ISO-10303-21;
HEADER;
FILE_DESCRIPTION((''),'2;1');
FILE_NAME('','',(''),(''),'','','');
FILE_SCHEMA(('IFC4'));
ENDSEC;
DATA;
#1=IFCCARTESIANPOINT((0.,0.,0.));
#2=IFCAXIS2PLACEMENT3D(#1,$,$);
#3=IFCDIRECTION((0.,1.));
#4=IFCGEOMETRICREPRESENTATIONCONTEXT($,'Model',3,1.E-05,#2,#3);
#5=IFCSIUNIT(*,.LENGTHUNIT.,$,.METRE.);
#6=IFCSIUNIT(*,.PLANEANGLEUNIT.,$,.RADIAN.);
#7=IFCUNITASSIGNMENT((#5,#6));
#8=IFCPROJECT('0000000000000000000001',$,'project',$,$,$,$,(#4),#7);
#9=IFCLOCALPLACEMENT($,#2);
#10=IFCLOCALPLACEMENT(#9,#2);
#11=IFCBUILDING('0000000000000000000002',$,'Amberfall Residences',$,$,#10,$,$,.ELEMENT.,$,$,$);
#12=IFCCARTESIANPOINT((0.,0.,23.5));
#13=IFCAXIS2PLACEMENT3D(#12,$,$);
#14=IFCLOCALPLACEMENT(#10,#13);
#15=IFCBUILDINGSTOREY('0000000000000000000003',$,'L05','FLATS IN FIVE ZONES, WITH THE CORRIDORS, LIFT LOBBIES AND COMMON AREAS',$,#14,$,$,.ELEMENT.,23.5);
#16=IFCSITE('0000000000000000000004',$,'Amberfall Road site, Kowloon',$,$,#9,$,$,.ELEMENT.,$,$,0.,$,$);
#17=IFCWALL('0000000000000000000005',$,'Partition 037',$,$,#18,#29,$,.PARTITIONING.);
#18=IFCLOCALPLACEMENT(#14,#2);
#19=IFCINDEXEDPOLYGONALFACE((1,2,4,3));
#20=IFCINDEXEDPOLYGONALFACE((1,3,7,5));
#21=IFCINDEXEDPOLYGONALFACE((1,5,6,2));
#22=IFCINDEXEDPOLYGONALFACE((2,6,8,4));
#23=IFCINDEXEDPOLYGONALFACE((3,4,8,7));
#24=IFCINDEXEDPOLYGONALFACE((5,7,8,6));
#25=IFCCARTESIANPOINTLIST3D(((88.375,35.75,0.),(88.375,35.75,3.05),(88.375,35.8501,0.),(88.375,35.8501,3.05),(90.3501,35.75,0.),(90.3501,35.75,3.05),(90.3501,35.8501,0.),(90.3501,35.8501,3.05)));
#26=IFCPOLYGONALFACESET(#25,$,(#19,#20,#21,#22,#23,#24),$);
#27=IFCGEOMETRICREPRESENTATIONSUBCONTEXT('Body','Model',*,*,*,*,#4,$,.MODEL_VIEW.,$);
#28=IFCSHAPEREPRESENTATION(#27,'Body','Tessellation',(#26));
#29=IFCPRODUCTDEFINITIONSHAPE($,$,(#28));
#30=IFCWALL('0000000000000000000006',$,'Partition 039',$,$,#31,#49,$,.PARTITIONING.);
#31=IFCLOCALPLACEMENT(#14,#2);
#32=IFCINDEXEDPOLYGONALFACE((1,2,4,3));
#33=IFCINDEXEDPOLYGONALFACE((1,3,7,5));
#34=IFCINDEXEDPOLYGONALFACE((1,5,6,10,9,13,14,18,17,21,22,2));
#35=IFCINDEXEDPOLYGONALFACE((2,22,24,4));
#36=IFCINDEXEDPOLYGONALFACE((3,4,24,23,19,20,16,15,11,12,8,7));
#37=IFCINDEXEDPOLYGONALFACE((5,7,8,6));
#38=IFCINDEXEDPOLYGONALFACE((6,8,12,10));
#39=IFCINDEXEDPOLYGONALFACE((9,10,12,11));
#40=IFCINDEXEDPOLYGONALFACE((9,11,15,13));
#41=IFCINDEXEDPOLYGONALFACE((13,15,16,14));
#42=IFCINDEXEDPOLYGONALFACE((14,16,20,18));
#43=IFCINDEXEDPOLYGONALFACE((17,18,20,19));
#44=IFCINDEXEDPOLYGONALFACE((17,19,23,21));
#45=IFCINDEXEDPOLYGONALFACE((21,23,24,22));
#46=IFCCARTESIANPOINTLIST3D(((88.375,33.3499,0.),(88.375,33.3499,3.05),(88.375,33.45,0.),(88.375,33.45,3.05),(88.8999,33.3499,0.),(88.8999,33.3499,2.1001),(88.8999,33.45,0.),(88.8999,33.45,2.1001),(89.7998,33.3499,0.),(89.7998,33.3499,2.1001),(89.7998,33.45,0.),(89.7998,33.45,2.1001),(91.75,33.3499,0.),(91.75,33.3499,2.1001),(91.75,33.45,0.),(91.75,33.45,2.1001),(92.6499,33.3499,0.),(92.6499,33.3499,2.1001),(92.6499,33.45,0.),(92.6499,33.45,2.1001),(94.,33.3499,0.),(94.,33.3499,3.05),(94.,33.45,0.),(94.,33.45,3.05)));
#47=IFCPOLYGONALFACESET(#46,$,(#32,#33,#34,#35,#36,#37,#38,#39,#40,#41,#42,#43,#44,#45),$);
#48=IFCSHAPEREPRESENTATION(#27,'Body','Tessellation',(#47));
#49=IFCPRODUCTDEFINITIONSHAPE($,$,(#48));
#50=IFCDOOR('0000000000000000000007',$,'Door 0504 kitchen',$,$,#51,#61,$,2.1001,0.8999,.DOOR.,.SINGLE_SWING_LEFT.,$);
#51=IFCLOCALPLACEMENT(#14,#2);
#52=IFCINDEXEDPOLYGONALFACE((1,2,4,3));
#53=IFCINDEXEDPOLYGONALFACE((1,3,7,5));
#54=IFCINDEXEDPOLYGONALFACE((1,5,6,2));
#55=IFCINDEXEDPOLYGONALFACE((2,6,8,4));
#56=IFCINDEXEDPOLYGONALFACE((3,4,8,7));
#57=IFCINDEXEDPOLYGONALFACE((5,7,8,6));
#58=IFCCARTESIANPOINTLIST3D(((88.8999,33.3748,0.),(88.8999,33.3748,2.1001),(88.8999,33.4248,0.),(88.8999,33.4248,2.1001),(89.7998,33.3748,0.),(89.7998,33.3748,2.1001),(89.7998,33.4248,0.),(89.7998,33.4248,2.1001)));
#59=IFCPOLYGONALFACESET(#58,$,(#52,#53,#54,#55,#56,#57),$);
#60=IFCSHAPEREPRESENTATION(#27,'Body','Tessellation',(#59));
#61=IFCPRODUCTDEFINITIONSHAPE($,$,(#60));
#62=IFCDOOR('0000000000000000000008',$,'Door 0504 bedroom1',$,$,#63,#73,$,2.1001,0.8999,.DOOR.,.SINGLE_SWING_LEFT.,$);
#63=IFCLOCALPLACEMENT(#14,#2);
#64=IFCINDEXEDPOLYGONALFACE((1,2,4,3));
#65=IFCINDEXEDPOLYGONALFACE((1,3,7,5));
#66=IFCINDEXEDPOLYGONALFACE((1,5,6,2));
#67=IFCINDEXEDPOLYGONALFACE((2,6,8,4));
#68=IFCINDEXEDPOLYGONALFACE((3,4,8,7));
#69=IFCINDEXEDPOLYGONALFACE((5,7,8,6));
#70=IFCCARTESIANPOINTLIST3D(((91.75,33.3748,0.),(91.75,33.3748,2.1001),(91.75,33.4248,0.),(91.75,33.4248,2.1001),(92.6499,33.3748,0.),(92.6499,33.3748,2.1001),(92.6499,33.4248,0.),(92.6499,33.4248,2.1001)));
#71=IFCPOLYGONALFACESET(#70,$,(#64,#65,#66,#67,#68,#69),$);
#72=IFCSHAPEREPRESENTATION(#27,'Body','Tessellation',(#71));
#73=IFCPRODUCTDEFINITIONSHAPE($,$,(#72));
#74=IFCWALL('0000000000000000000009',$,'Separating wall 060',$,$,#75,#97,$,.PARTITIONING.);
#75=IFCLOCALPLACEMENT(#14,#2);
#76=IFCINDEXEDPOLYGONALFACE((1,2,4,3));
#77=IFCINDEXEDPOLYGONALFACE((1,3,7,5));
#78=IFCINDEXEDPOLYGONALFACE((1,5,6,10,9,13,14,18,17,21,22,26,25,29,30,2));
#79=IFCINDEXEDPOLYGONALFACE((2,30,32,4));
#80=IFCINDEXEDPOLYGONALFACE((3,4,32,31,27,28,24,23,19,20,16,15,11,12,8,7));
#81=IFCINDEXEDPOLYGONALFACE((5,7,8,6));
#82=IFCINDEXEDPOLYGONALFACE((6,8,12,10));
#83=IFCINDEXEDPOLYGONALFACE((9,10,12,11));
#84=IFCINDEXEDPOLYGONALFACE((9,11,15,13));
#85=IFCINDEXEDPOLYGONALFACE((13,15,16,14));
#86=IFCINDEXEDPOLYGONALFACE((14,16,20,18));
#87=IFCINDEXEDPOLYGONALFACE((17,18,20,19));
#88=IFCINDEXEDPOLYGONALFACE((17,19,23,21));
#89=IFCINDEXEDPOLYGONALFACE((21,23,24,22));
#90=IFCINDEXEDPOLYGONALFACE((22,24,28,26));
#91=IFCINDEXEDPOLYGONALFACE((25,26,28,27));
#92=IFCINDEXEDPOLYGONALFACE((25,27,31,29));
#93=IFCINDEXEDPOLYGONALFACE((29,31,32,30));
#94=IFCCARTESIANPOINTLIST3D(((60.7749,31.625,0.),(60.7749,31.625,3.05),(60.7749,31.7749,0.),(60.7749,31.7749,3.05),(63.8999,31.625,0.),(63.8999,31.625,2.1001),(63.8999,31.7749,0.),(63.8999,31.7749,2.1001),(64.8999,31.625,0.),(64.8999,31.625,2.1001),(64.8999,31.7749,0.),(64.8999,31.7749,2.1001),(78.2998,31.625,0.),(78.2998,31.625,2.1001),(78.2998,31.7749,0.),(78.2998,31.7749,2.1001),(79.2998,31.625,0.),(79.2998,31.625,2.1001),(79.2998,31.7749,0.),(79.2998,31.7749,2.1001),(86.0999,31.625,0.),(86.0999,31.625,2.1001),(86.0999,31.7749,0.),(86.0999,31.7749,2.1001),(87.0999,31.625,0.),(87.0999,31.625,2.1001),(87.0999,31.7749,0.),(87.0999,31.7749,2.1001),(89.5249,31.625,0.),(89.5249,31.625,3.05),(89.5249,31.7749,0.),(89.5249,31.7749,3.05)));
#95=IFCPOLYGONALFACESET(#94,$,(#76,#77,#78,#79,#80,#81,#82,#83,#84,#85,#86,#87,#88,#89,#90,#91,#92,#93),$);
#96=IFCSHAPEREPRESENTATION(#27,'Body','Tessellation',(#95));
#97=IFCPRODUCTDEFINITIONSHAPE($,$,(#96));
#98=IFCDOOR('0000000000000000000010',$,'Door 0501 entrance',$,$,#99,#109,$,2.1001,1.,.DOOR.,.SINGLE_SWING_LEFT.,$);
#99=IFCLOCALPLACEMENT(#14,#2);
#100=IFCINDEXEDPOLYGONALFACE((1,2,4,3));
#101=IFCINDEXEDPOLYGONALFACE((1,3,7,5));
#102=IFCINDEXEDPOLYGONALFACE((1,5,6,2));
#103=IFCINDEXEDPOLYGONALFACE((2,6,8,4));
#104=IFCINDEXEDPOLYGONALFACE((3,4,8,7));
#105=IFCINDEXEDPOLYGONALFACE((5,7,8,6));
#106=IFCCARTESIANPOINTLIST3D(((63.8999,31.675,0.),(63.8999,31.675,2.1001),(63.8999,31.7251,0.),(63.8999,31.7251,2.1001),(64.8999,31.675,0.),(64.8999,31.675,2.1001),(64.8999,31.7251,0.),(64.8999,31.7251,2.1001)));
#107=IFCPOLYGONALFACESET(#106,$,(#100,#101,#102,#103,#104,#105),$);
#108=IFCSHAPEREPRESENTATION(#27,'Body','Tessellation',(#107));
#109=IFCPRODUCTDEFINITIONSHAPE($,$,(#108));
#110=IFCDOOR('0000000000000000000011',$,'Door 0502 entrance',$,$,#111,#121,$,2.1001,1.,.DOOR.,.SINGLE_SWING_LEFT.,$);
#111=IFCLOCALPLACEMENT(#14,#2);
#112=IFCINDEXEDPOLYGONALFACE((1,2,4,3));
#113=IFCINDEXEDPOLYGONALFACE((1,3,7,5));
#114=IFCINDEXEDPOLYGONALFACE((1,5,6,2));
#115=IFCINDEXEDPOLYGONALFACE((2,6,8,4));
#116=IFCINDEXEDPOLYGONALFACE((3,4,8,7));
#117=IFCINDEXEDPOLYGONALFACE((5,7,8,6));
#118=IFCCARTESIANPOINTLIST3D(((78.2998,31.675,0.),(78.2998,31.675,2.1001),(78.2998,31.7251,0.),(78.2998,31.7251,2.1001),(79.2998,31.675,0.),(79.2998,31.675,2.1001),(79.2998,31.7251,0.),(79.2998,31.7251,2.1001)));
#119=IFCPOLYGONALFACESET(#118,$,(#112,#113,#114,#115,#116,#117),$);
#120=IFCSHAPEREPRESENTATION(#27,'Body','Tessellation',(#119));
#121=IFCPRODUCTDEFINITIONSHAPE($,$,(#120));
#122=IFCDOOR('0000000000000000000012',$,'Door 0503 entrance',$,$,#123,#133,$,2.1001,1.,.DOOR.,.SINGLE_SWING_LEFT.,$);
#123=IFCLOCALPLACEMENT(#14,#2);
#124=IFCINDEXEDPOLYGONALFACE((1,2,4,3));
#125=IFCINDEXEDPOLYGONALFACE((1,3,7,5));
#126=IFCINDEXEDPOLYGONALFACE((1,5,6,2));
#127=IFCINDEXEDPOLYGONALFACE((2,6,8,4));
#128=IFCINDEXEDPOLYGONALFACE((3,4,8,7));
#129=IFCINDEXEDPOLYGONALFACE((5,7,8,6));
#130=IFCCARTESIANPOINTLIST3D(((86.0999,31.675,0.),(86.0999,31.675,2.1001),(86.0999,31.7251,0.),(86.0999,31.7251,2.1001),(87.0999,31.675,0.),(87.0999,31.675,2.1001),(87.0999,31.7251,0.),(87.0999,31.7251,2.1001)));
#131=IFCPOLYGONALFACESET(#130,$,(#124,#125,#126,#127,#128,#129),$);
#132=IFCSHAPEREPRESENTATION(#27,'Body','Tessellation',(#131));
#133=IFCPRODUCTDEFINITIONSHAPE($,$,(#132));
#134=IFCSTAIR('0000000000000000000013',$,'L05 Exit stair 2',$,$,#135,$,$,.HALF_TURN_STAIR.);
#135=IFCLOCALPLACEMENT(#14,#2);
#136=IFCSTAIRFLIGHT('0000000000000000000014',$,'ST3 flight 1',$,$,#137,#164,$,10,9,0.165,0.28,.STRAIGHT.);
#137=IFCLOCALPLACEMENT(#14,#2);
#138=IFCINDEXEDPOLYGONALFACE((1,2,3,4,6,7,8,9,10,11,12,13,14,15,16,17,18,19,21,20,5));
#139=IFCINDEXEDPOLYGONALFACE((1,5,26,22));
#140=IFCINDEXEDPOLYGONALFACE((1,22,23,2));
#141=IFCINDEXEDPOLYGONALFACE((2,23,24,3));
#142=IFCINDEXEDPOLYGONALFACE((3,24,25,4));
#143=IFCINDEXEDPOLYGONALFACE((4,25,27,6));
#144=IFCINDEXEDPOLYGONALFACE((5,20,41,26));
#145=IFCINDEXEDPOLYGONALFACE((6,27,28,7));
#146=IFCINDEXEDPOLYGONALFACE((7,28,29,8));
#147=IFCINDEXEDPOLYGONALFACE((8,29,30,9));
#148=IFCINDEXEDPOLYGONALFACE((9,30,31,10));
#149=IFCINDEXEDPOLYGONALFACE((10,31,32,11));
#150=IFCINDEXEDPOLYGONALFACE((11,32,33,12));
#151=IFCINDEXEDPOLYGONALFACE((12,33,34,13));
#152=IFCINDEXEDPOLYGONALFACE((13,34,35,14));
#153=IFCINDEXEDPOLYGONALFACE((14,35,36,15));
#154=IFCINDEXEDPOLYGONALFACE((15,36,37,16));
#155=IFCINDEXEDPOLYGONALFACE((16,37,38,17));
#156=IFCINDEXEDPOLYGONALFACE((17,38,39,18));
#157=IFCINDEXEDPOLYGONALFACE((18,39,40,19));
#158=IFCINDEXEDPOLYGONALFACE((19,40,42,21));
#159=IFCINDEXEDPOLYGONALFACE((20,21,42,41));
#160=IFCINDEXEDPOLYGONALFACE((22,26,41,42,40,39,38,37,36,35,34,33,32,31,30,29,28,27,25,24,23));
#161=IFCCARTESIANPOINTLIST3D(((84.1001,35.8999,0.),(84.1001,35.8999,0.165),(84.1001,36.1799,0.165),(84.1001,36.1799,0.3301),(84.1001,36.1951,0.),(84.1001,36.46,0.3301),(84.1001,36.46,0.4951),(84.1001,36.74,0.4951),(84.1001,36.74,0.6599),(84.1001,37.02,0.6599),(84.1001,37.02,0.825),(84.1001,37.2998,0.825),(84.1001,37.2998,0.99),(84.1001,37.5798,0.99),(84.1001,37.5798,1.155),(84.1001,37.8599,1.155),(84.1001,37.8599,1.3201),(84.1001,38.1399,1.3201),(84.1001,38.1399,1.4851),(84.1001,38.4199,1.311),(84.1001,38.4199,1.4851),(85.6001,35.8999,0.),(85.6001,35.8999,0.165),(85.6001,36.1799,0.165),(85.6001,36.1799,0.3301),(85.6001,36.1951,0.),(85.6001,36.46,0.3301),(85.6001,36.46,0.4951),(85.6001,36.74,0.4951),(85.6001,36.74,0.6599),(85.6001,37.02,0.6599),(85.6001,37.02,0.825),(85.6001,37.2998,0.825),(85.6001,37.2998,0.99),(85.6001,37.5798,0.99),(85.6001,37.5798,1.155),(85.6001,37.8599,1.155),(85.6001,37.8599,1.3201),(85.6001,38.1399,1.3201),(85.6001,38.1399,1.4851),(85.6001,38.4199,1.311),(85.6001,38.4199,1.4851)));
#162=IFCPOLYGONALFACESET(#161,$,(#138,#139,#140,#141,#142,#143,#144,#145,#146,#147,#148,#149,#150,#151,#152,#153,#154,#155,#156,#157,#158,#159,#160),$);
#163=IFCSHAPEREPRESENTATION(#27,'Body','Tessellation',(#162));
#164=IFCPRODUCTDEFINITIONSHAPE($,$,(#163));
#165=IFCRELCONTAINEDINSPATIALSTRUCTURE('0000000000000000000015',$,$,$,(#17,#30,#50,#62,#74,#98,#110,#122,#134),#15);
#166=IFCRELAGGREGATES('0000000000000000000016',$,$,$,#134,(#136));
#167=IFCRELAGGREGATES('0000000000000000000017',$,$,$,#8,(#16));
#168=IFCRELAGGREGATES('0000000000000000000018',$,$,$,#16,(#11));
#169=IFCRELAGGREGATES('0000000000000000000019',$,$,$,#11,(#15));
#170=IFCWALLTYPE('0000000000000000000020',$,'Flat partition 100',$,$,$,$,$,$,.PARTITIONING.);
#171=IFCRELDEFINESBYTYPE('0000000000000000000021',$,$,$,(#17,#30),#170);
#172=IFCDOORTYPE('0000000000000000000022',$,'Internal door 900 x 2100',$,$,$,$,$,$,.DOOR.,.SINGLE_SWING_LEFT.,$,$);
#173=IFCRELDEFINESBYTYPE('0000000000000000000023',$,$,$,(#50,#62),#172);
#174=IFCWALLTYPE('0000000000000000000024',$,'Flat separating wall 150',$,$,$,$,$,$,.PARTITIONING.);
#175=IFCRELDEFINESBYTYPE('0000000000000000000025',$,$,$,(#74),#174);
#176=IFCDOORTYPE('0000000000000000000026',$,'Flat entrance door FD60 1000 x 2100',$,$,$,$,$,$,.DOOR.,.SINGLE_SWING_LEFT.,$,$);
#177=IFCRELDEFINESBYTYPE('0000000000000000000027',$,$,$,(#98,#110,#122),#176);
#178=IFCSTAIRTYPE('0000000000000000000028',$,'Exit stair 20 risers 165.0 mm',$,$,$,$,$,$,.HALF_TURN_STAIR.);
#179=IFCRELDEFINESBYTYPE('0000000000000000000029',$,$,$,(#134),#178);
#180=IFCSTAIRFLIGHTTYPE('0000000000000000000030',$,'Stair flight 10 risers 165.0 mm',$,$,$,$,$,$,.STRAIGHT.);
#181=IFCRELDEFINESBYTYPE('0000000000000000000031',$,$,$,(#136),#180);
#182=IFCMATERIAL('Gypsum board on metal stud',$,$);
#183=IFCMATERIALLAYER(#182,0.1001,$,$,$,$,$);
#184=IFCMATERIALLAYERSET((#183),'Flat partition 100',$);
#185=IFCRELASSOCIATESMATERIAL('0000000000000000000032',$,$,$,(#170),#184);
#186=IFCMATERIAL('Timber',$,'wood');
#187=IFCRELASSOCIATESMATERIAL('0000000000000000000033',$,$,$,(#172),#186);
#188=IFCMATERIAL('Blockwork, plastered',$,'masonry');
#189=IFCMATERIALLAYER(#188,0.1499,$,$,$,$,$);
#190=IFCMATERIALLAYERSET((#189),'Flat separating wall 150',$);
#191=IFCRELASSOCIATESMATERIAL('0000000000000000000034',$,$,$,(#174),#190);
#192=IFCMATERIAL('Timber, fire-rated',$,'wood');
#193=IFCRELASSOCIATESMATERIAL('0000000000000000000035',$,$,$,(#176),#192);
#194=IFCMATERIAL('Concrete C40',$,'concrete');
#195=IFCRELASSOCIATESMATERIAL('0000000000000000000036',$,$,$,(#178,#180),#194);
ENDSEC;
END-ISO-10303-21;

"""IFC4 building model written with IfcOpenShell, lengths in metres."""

from ifc_helpers import new_model, si_unit, direction, frame, frame_2d, origin, place, context, subcontext, project, spatial, polyline, rectangle, outline, extrude, material, layer, layer_set, type_object, element, fill, aggregate, save


model = new_model("IFC4")

# Units and contexts
model_context = context("Model", 3, precision=1e-05, world=origin(), true_north=direction((0.0, 1.0)))
body_context = subcontext(model_context, "Body", "Model", "MODEL_VIEW")
ifc_project = project(units=[si_unit("LENGTHUNIT", "METRE"), si_unit("PLANEANGLEUNIT", "RADIAN")], contexts=[model_context])

# Site, building, storey
site_placement = place(None, origin())
site = spatial("IfcSite", under=ifc_project, at=site_placement, Name="Amberfall Road site, Kowloon", CompositionType="ELEMENT", RefElevation=0.0)
building_placement = place(site_placement, origin())
building = spatial("IfcBuilding", under=site, at=building_placement, Name="Amberfall Residences", CompositionType="ELEMENT")
storey_placement = place(building_placement, frame((0.0, 0.0, 23.5)))
storey = spatial("IfcBuildingStorey", under=building, at=storey_placement, Name="L05", Description="FLATS IN FIVE ZONES, WITH THE CORRIDORS, LIFT LOBBIES AND COMMON AREAS", CompositionType="ELEMENT", Elevation=23.5)

# Shared definitions
ifc_material_1 = material(Name="Gypsum board on metal stud")
ifc_layer_1 = layer(ifc_material_1, 0.1001)
ifc_layer_set_1 = layer_set([ifc_layer_1], Name="Flat partition 100")
wall_type_1 = type_object("IfcWallType", Name="Flat partition 100", PredefinedType="PARTITIONING", material=ifc_layer_set_1)
ifc_material_2 = material(Name="Timber", Category="wood")
door_type_1 = type_object("IfcDoorType", Name="Internal door 900 x 2100", OperationType="SINGLE_SWING_LEFT", PredefinedType="DOOR", material=ifc_material_2)

# Wall
wall_1_placement = place(storey_placement, frame((88.375, 35.8, 0.0), z_axis=(0.0, 0.0, 1.0), x_axis=(1.0, 0.0, 0.0)))
element("IfcWall", 1, at=wall_1_placement, inside=storey, type_object=wall_type_1, Name="Partition 037", PredefinedType="PARTITIONING", context=body_context, shape_type="SweptSolid", body=[
    extrude(rectangle(XDim=1.9751, YDim=0.1001, at=frame_2d((0.9875, 0.0))), origin(), (0.0, 0.0, 1.0), 3.05),
])

# Walls, openings, doors
wall_2_placement = place(storey_placement, frame((88.375, 33.3999, 0.0), z_axis=(0.0, 0.0, 1.0), x_axis=(1.0, 0.0, 0.0)))
wall_2 = element("IfcWall", 2, at=wall_2_placement, inside=storey, type_object=wall_type_1, Name="Partition 039", PredefinedType="PARTITIONING", context=body_context, shape_type="SweptSolid", body=[
    extrude(rectangle(XDim=5.625, YDim=0.1001, at=frame_2d((2.8125, 0.0))), origin(), (0.0, 0.0, 1.0), 3.05),
])
opening_1_placement = place(wall_2_placement, frame((0.5249, 0.0, 0.0)))
opening_1 = element("IfcOpeningElement", 3, at=opening_1_placement, cuts=wall_2, PredefinedType="OPENING", context=body_context, shape_type="SweptSolid", body=[
    extrude(rectangle(XDim=0.8999, YDim=2.1001, at=frame_2d((0.45, 1.05))), frame((0.0, 0.0601, 0.0), z_axis=(0.0, -1.0, 0.0), x_axis=(1.0, 0.0, 0.0)), (0.0, 0.0, 1.0), 0.1201),
])
opening_2_placement = place(wall_2_placement, frame((3.375, 0.0, 0.0)))
opening_2 = element("IfcOpeningElement", 4, at=opening_2_placement, cuts=wall_2, PredefinedType="OPENING", context=body_context, shape_type="SweptSolid", body=[
    extrude(rectangle(XDim=0.8999, YDim=2.1001, at=frame_2d((0.45, 1.05))), frame((0.0, 0.0601, 0.0), z_axis=(0.0, -1.0, 0.0), x_axis=(1.0, 0.0, 0.0)), (0.0, 0.0, 1.0), 0.1201),
])
door_1_placement = place(opening_1_placement, origin())
door_1 = element("IfcDoor", 5, at=door_1_placement, inside=storey, type_object=door_type_1, Name="Door 0504 kitchen", OperationType="SINGLE_SWING_LEFT", OverallHeight=2.1001, OverallWidth=0.8999, PredefinedType="DOOR", context=body_context, shape_type="SweptSolid", body=[
    extrude(rectangle(XDim=0.8999, YDim=2.1001, at=frame_2d((0.45, 1.05))), frame((0.0, 0.0249, 0.0), z_axis=(0.0, -1.0, 0.0), x_axis=(1.0, 0.0, 0.0)), (0.0, 0.0, 1.0), 0.05),
])
fill(opening_1, door_1)
door_2_placement = place(opening_2_placement, origin())
door_2 = element("IfcDoor", 6, at=door_2_placement, inside=storey, type_object=door_type_1, Name="Door 0504 bedroom1", OperationType="SINGLE_SWING_LEFT", OverallHeight=2.1001, OverallWidth=0.8999, PredefinedType="DOOR", context=body_context, shape_type="SweptSolid", body=[
    extrude(rectangle(XDim=0.8999, YDim=2.1001, at=frame_2d((0.45, 1.05))), frame((0.0, 0.0249, 0.0), z_axis=(0.0, -1.0, 0.0), x_axis=(1.0, 0.0, 0.0)), (0.0, 0.0, 1.0), 0.05),
])
fill(opening_2, door_2)
ifc_material_3 = material(Name="Blockwork, plastered", Category="masonry")
ifc_layer_2 = layer(ifc_material_3, 0.1499)
ifc_layer_set_2 = layer_set([ifc_layer_2], Name="Flat separating wall 150")
wall_type_2 = type_object("IfcWallType", Name="Flat separating wall 150", PredefinedType="PARTITIONING", material=ifc_layer_set_2)
wall_3_placement = place(storey_placement, frame((89.5249, 31.7, 0.0), z_axis=(0.0, 0.0, 1.0), x_axis=(-1.0, 0.0, 0.0)))
wall_3 = element("IfcWall", 7, at=wall_3_placement, inside=storey, type_object=wall_type_2, Name="Separating wall 060", PredefinedType="PARTITIONING", context=body_context, shape_type="SweptSolid", body=[
    extrude(rectangle(XDim=28.75, YDim=0.1499, at=frame_2d((14.375, 0.0))), origin(), (0.0, 0.0, 1.0), 3.05),
])
opening_3_placement = place(wall_3_placement, frame((24.625, 0.0, 0.0)))
opening_3 = element("IfcOpeningElement", 8, at=opening_3_placement, cuts=wall_3, PredefinedType="OPENING", context=body_context, shape_type="SweptSolid", body=[
    extrude(rectangle(XDim=1.0, YDim=2.1001, at=frame_2d((0.5, 1.05))), frame((0.0, 0.085, 0.0), z_axis=(0.0, -1.0, 0.0), x_axis=(1.0, 0.0, 0.0)), (0.0, 0.0, 1.0), 0.1699),
])
opening_4_placement = place(wall_3_placement, frame((10.2251, 0.0, 0.0)))
opening_4 = element("IfcOpeningElement", 9, at=opening_4_placement, cuts=wall_3, PredefinedType="OPENING", context=body_context, shape_type="SweptSolid", body=[
    extrude(rectangle(XDim=1.0, YDim=2.1001, at=frame_2d((0.5, 1.05))), frame((0.0, 0.085, 0.0), z_axis=(0.0, -1.0, 0.0), x_axis=(1.0, 0.0, 0.0)), (0.0, 0.0, 1.0), 0.1699),
])
opening_5_placement = place(wall_3_placement, frame((2.425, 0.0, 0.0)))
opening_5 = element("IfcOpeningElement", 10, at=opening_5_placement, cuts=wall_3, PredefinedType="OPENING", context=body_context, shape_type="SweptSolid", body=[
    extrude(rectangle(XDim=1.0, YDim=2.1001, at=frame_2d((0.5, 1.05))), frame((0.0, 0.085, 0.0), z_axis=(0.0, -1.0, 0.0), x_axis=(1.0, 0.0, 0.0)), (0.0, 0.0, 1.0), 0.1699),
])
ifc_material_4 = material(Name="Timber, fire-rated", Category="wood")
door_type_2 = type_object("IfcDoorType", Name="Flat entrance door FD60 1000 x 2100", OperationType="SINGLE_SWING_LEFT", PredefinedType="DOOR", material=ifc_material_4)
door_3_placement = place(opening_3_placement, origin())
door_3 = element("IfcDoor", 11, at=door_3_placement, inside=storey, type_object=door_type_2, Name="Door 0501 entrance", OperationType="SINGLE_SWING_LEFT", OverallHeight=2.1001, OverallWidth=1.0, PredefinedType="DOOR", context=body_context, shape_type="SweptSolid", body=[
    extrude(rectangle(XDim=1.0, YDim=2.1001, at=frame_2d((0.5, 1.05))), frame((0.0, 0.0249, 0.0), z_axis=(0.0, -1.0, 0.0), x_axis=(1.0, 0.0, 0.0)), (0.0, 0.0, 1.0), 0.05),
])
fill(opening_3, door_3)
door_4_placement = place(opening_4_placement, origin())
door_4 = element("IfcDoor", 12, at=door_4_placement, inside=storey, type_object=door_type_2, Name="Door 0502 entrance", OperationType="SINGLE_SWING_LEFT", OverallHeight=2.1001, OverallWidth=1.0, PredefinedType="DOOR", context=body_context, shape_type="SweptSolid", body=[
    extrude(rectangle(XDim=1.0, YDim=2.1001, at=frame_2d((0.5, 1.05))), frame((0.0, 0.0249, 0.0), z_axis=(0.0, -1.0, 0.0), x_axis=(1.0, 0.0, 0.0)), (0.0, 0.0, 1.0), 0.05),
])
fill(opening_4, door_4)
door_5_placement = place(opening_5_placement, origin())
door_5 = element("IfcDoor", 13, at=door_5_placement, inside=storey, type_object=door_type_2, Name="Door 0503 entrance", OperationType="SINGLE_SWING_LEFT", OverallHeight=2.1001, OverallWidth=1.0, PredefinedType="DOOR", context=body_context, shape_type="SweptSolid", body=[
    extrude(rectangle(XDim=1.0, YDim=2.1001, at=frame_2d((0.5, 1.05))), frame((0.0, 0.0249, 0.0), z_axis=(0.0, -1.0, 0.0), x_axis=(1.0, 0.0, 0.0)), (0.0, 0.0, 1.0), 0.05),
])
fill(opening_5, door_5)

# Stair, stair flight
ifc_material_5 = material(Name="Concrete C40", Category="concrete")
stair_type = type_object("IfcStairType", Name="Exit stair 20 risers 165.0 mm", PredefinedType="HALF_TURN_STAIR", material=ifc_material_5)
stair_placement = place(storey_placement, origin())
stair = element("IfcStair", 14, at=stair_placement, inside=storey, type_object=stair_type, Name="L05 Exit stair 2", PredefinedType="HALF_TURN_STAIR")
stair_flight_type = type_object("IfcStairFlightType", Name="Stair flight 10 risers 165.0 mm", PredefinedType="STRAIGHT", material=ifc_material_5)
stair_flight_placement = place(storey_placement, frame((84.8501, 35.8999, 0.0), z_axis=(0.0, 0.0, 1.0), x_axis=(0.0, 1.0, 0.0)))
stair_flight = element("IfcStairFlight", 15, at=stair_flight_placement, type_object=stair_flight_type, Name="ST3 flight 1", NumberOfRisers=10, NumberOfTreads=9, PredefinedType="STRAIGHT", RiserHeight=0.165, TreadLength=0.28, context=body_context, shape_type="SweptSolid", body=[
    extrude(outline(polyline([(0.0, 0.0), (0.0, 0.165), (0.28, 0.165), (0.28, 0.3301), (0.5601, 0.3301), (0.5601, 0.4951), (0.8401, 0.4951), (0.8401, 0.6599), (1.1201, 0.6599), (1.1201, 0.825), (1.3999, 0.825), (1.3999, 0.99), (1.6799, 0.99), (1.6799, 1.155), (1.96, 1.155), (1.96, 1.3201), (2.24, 1.3201), (2.24, 1.4851), (2.52, 1.4851), (2.52, 1.6499), (2.52, 1.311), (0.2952, 0.0), (0.0, 0.0)])), frame((0.0, 0.75, 0.0), z_axis=(0.0, -1.0, 0.0), x_axis=(1.0, 0.0, 0.0)), (0.0, 0.0, 1.0), 1.5),
])
aggregate(stair, [stair_flight])

save(model, "model.ifc")
